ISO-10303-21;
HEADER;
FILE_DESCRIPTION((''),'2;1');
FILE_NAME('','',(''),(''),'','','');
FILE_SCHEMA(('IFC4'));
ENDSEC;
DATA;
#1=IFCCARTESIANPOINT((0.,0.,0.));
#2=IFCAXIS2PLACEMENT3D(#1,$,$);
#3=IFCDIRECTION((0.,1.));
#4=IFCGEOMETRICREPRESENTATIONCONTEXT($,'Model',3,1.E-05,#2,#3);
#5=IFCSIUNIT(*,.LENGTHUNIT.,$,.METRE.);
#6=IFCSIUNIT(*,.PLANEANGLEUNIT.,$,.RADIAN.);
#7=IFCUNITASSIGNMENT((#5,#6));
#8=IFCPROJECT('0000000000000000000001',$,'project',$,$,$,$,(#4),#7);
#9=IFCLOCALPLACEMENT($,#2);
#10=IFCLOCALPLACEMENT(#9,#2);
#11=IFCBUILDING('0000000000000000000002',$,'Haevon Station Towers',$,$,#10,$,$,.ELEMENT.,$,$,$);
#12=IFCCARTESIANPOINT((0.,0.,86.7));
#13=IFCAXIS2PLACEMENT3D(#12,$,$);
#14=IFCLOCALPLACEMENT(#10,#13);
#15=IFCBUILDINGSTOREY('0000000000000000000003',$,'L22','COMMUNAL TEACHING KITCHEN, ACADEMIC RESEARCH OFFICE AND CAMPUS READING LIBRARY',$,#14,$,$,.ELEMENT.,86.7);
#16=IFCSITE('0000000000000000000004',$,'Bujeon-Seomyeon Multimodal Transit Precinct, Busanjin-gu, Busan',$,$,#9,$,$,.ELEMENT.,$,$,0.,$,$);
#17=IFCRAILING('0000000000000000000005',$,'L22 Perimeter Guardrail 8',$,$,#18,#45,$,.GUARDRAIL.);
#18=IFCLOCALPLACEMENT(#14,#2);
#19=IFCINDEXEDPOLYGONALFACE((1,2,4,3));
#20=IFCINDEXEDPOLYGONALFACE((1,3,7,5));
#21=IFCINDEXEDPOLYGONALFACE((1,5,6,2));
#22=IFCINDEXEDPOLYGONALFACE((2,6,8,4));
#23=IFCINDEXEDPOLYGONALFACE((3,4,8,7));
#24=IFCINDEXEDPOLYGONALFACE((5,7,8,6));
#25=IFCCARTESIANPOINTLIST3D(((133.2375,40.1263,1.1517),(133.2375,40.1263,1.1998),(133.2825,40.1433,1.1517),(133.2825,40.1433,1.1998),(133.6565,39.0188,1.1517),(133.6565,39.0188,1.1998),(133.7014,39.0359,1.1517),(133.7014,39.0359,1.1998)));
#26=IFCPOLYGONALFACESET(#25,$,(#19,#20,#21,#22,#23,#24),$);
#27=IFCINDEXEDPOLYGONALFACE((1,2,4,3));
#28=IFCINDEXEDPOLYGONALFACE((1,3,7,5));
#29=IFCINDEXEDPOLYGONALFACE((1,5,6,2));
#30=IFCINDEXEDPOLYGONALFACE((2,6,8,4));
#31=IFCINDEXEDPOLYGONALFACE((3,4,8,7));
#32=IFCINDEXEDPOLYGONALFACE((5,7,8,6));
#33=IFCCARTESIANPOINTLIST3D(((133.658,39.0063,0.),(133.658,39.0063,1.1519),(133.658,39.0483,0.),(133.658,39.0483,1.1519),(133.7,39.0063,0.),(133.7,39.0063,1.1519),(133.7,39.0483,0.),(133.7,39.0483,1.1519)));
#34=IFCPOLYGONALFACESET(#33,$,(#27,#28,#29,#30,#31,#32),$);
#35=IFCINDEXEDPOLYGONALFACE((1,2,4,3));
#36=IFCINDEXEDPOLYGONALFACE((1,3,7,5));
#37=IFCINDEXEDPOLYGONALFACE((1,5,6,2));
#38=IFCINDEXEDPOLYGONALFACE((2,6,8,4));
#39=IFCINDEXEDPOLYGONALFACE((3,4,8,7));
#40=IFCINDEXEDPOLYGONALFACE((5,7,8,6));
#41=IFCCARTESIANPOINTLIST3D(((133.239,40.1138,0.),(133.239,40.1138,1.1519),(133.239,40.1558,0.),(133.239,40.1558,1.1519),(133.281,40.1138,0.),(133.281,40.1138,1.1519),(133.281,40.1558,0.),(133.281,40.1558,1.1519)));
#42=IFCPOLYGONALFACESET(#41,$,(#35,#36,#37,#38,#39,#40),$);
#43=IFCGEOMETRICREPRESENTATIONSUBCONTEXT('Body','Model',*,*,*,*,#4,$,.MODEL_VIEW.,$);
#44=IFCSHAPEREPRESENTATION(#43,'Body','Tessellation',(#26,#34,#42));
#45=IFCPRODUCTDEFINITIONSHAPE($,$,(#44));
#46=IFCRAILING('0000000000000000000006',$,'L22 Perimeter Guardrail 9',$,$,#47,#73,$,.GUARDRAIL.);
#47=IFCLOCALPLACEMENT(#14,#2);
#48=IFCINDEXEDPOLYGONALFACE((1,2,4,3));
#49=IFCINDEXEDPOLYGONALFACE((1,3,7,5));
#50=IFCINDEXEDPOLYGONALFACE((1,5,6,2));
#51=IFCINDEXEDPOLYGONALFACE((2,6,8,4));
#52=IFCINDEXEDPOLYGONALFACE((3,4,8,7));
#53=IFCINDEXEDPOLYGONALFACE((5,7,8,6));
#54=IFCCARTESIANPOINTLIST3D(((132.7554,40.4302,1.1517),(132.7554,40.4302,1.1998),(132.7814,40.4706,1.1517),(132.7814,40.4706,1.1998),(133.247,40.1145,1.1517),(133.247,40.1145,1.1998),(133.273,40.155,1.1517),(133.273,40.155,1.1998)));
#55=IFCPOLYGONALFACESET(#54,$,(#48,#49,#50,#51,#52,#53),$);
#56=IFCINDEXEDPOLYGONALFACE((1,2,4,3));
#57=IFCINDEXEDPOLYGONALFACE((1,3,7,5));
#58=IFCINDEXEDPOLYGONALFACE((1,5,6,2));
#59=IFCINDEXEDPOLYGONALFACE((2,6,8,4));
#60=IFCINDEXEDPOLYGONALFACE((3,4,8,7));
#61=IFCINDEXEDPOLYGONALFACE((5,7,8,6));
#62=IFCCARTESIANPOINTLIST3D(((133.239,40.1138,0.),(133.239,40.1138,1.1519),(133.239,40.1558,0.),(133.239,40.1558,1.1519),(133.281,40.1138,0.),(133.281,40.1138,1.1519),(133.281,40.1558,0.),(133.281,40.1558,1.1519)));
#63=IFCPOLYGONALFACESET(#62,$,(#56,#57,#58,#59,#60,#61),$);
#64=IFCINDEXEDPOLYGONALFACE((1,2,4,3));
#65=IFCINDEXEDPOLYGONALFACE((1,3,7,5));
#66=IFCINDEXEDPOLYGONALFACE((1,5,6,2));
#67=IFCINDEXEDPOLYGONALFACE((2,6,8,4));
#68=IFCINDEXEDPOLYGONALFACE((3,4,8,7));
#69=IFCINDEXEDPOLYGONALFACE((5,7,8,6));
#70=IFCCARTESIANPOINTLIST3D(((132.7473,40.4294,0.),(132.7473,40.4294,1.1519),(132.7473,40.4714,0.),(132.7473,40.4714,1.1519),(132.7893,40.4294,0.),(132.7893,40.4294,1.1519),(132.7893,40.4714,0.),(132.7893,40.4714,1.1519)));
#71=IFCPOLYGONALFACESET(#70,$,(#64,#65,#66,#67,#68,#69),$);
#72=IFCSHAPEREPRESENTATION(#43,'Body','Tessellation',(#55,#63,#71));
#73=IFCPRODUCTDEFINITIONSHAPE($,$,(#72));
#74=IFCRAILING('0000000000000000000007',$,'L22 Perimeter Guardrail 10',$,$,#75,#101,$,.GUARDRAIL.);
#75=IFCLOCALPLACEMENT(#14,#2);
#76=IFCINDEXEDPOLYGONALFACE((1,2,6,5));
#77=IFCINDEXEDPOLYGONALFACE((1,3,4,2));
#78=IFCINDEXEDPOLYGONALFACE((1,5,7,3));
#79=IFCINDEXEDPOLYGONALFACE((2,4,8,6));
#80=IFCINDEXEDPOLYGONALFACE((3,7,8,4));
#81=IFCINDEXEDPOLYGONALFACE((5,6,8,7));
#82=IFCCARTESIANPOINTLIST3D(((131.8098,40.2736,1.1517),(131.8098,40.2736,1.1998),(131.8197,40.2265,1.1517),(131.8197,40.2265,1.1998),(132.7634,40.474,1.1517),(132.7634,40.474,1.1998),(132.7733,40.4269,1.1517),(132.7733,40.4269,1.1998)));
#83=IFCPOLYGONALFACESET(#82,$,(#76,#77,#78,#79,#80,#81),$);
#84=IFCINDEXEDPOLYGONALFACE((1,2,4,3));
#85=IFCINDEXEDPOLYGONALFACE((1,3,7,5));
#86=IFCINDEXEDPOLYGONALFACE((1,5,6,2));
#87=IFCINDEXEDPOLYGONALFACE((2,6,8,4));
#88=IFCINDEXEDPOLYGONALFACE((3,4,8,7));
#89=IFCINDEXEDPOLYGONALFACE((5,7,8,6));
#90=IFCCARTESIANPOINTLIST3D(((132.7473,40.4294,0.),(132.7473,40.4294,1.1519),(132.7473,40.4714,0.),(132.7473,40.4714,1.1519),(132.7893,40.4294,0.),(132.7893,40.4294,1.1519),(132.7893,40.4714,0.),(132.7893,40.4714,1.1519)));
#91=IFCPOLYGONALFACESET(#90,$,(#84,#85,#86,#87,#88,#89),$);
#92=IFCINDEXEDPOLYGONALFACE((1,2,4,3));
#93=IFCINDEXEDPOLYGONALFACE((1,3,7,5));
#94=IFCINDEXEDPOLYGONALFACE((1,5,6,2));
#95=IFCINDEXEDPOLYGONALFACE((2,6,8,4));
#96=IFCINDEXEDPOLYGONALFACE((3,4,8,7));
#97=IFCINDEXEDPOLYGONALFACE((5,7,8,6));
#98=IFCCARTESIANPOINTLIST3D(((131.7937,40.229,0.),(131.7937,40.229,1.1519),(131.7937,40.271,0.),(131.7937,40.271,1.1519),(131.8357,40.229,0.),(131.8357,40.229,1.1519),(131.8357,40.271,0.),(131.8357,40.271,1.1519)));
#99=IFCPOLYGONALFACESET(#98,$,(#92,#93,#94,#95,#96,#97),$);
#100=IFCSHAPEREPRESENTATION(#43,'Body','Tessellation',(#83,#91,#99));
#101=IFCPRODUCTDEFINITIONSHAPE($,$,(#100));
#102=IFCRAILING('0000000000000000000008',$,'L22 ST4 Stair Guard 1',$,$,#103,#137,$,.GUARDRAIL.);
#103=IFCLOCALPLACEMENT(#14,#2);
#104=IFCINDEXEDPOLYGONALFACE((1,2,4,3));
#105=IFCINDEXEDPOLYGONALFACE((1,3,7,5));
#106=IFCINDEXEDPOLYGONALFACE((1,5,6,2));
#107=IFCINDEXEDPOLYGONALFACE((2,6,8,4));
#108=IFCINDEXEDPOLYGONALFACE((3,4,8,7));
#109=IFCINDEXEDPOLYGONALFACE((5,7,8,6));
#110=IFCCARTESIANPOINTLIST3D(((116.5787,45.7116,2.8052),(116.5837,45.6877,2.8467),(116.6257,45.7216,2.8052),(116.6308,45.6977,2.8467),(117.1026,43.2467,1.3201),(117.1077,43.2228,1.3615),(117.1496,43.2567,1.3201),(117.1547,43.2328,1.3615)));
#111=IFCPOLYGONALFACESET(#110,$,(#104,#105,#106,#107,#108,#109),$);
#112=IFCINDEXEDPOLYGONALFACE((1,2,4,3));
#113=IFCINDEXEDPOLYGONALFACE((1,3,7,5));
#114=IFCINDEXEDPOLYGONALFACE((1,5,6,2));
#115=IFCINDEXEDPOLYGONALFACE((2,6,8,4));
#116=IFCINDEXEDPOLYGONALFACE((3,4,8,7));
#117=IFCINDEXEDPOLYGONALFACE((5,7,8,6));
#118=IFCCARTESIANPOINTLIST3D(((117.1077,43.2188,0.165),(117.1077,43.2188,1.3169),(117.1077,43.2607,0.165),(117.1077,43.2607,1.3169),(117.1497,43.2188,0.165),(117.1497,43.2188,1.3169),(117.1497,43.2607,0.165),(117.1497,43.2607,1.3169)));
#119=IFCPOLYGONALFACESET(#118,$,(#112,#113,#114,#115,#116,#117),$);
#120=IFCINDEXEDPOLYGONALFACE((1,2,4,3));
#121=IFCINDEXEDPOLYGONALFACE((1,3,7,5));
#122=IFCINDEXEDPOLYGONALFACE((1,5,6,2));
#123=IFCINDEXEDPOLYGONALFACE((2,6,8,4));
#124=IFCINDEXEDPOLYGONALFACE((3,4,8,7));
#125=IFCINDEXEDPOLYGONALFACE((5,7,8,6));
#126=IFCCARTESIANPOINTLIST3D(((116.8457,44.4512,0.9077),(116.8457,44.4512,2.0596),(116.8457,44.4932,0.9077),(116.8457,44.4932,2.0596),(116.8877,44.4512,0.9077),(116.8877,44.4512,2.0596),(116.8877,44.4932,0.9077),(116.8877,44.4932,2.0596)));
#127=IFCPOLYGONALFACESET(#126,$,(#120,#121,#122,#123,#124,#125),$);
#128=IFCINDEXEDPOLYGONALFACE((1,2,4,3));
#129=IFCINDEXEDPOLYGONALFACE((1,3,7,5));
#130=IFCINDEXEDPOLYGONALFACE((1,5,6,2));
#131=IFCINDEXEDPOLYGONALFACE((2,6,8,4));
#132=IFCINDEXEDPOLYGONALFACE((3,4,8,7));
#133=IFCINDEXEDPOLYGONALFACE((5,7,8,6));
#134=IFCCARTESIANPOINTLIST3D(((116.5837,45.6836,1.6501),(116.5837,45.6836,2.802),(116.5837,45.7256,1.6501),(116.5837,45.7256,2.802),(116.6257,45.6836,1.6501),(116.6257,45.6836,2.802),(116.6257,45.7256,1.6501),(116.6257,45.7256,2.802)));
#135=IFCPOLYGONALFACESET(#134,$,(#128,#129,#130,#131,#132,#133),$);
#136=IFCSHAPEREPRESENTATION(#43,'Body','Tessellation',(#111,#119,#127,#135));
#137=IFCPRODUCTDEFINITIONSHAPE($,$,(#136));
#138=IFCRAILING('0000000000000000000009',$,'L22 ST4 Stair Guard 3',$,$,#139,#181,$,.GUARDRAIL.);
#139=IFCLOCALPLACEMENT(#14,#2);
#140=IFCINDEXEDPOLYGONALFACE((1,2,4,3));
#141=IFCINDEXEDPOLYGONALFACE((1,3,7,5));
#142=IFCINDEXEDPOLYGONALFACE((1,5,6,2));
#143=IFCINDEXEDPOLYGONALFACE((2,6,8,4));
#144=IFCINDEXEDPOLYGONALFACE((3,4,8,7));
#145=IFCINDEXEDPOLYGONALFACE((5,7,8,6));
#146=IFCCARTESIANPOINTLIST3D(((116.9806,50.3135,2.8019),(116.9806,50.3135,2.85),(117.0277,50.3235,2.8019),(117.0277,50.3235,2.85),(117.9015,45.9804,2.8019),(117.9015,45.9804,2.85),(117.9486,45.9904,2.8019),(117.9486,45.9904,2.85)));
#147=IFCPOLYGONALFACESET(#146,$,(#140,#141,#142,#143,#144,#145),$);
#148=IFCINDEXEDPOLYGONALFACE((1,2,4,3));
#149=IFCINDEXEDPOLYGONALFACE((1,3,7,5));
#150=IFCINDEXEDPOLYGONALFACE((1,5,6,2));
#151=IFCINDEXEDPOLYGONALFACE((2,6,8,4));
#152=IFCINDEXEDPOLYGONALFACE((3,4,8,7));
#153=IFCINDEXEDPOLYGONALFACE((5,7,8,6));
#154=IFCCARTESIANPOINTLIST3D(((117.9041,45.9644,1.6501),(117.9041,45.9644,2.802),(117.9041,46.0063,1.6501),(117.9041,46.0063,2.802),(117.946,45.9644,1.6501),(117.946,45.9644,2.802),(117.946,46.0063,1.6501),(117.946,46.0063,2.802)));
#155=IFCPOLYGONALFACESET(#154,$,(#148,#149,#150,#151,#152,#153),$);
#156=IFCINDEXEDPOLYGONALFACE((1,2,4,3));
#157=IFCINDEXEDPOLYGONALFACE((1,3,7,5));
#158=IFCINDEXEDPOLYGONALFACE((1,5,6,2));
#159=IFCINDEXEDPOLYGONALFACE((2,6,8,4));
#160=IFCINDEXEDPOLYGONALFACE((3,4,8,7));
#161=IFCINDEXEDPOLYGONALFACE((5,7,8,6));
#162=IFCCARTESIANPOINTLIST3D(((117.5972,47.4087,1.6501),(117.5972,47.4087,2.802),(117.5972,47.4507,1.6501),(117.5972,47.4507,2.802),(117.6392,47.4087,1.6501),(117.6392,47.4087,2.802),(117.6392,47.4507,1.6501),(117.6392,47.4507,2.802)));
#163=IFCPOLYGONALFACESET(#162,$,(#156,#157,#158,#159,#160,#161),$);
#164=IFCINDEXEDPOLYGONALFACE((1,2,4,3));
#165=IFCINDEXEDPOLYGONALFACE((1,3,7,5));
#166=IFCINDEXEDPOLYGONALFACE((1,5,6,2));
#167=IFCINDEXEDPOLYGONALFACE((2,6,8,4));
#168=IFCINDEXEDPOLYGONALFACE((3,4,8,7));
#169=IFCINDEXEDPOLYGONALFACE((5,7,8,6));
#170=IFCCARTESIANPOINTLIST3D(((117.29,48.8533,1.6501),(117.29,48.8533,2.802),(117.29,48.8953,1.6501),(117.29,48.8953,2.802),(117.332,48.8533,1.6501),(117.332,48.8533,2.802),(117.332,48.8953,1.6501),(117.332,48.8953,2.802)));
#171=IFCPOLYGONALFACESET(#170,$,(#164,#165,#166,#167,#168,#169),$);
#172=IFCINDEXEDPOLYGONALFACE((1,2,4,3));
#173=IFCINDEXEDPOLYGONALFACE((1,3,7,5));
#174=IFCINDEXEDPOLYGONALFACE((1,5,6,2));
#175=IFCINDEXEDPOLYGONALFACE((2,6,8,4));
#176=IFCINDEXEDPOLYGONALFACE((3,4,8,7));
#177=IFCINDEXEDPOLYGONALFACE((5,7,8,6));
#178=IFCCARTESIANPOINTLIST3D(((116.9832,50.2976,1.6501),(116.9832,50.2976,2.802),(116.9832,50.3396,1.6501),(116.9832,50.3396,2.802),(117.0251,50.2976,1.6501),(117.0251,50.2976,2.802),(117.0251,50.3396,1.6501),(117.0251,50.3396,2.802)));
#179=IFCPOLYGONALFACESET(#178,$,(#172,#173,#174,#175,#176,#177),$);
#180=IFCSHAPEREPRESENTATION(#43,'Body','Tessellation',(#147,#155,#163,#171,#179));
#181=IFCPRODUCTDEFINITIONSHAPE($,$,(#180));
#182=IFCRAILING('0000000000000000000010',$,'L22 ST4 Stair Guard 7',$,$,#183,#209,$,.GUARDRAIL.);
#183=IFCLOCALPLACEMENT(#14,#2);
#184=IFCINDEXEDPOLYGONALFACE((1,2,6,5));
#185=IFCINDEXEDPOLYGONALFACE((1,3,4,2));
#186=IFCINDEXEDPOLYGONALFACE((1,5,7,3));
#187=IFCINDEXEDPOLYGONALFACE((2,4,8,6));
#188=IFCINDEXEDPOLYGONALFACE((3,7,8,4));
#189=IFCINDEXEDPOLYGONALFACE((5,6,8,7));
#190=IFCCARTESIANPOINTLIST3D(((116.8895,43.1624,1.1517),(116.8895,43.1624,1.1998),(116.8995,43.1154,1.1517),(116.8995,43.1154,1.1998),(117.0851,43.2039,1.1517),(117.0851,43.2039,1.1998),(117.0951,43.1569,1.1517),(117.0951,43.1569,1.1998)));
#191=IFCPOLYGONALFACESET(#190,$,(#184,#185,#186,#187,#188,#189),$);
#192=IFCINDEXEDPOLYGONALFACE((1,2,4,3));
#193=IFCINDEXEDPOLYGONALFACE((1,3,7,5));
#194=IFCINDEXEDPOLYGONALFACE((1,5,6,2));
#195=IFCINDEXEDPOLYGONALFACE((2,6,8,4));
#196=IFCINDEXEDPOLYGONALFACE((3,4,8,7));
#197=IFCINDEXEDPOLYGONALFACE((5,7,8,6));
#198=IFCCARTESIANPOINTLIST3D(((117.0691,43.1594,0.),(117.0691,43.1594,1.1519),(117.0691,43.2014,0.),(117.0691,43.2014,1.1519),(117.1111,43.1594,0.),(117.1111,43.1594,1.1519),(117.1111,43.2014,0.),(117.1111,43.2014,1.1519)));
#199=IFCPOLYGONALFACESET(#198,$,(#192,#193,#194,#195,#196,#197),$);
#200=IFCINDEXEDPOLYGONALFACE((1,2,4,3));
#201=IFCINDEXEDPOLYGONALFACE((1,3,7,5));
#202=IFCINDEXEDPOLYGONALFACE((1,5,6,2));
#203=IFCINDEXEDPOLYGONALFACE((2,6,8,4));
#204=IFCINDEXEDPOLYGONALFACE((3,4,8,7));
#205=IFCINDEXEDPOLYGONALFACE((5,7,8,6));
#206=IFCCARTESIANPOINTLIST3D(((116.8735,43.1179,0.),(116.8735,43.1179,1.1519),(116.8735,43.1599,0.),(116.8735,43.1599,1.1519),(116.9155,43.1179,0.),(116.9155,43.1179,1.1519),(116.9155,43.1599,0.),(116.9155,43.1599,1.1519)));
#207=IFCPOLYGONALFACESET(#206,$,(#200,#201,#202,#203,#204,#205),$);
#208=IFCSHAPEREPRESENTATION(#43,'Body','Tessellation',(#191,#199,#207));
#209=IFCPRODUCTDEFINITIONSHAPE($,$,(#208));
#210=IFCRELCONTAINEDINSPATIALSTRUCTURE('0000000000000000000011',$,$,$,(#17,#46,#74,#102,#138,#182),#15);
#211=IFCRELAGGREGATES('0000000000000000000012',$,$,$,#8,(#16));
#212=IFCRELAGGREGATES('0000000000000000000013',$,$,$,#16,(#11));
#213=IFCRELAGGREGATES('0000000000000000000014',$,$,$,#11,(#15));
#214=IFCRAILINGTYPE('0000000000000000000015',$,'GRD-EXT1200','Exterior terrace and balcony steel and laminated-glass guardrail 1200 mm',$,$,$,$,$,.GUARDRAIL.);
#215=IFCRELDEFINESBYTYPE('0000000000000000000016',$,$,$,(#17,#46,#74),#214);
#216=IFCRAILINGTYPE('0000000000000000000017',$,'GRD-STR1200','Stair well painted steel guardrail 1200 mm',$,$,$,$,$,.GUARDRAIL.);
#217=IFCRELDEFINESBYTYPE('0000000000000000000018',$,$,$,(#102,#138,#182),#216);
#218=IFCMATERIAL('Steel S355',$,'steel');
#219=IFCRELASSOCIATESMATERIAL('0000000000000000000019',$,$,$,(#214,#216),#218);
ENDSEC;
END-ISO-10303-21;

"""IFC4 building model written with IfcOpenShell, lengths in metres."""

from ifc_helpers import new_model, si_unit, direction, frame, origin, origin_2d, place, context, subcontext, project, spatial, rectangle, extrude, material, type_object, element, save


model = new_model("IFC4")

# Units and contexts
model_context = context("Model", 3, precision=1e-05, world=origin(), true_north=direction((0.0, 1.0)))
body_context = subcontext(model_context, "Body", "Model", "MODEL_VIEW")
ifc_project = project(units=[si_unit("LENGTHUNIT", "METRE"), si_unit("PLANEANGLEUNIT", "RADIAN")], contexts=[model_context])

# Site, building, storey
site_placement = place(None, origin())
site = spatial("IfcSite", under=ifc_project, at=site_placement, Name="Bujeon-Seomyeon Multimodal Transit Precinct, Busanjin-gu, Busan", CompositionType="ELEMENT", RefElevation=0.0)
building_placement = place(site_placement, origin())
building = spatial("IfcBuilding", under=site, at=building_placement, Name="Haevon Station Towers", CompositionType="ELEMENT")
storey_placement = place(building_placement, frame((0.0, 0.0, 86.7)))
storey = spatial("IfcBuildingStorey", under=building, at=storey_placement, Name="L22", Description="COMMUNAL TEACHING KITCHEN, ACADEMIC RESEARCH OFFICE AND CAMPUS READING LIBRARY", CompositionType="ELEMENT", Elevation=86.7)

# Shared definitions
ifc_material_1 = material(Name="Steel S355", Category="steel")

# Railings
railing_type_1 = type_object("IfcRailingType", Name="GRD-EXT1200", Description="Exterior terrace and balcony steel and laminated-glass guardrail 1200 mm", PredefinedType="GUARDRAIL", material=ifc_material_1)
railing_1_placement = place(storey_placement, frame((133.679, 39.0273, 0.0)))
element("IfcRailing", 1, at=railing_1_placement, inside=storey, type_object=railing_type_1, Name="L22 Perimeter Guardrail 8", PredefinedType="GUARDRAIL", context=body_context, shape_type="SweptSolid", body=[
    extrude(rectangle(XDim=0.0481, YDim=0.0481, at=origin_2d()), frame((0.0, 0.0, 1.1758), z_axis=(-0.353834, 0.935308, 0.0), x_axis=(-0.935308, -0.353834, 0.0)), (0.0, 0.0, 1.0), 1.1841),
    extrude(rectangle(XDim=0.042, YDim=0.042, at=origin_2d()), origin(), (0.0, 0.0, 1.0), 1.1519),
    extrude(rectangle(XDim=0.042, YDim=0.042, at=origin_2d()), frame((-0.4189, 1.1074, 0.0)), (0.0, 0.0, 1.0), 1.1519),
])
railing_2_placement = place(storey_placement, frame((133.26, 40.1348, 0.0)))
element("IfcRailing", 2, at=railing_2_placement, inside=storey, type_object=railing_type_1, Name="L22 Perimeter Guardrail 9", PredefinedType="GUARDRAIL", context=body_context, shape_type="SweptSolid", body=[
    extrude(rectangle(XDim=0.0481, YDim=0.0481, at=origin_2d()), frame((0.0, 0.0, 1.1758), z_axis=(-0.841504, 0.540251, 0.0), x_axis=(-0.540251, -0.841504, 0.0)), (0.0, 0.0, 1.0), 0.5842),
    extrude(rectangle(XDim=0.042, YDim=0.042, at=origin_2d()), origin(), (0.0, 0.0, 1.0), 1.1519),
    extrude(rectangle(XDim=0.042, YDim=0.042, at=origin_2d()), frame((-0.4917, 0.3157, 0.0)), (0.0, 0.0, 1.0), 1.1519),
])
railing_3_placement = place(storey_placement, frame((132.7683, 40.4504, 0.0)))
element("IfcRailing", 3, at=railing_3_placement, inside=storey, type_object=railing_type_1, Name="L22 Perimeter Guardrail 10", PredefinedType="GUARDRAIL", context=body_context, shape_type="SweptSolid", body=[
    extrude(rectangle(XDim=0.0481, YDim=0.0481, at=origin_2d()), frame((0.0, 0.0, 1.1758), z_axis=(-0.978616, -0.205695, 0.0), x_axis=(0.205695, -0.978616, 0.0)), (0.0, 0.0, 1.0), 0.9744),
    extrude(rectangle(XDim=0.042, YDim=0.042, at=origin_2d()), origin(), (0.0, 0.0, 1.0), 1.1519),
    extrude(rectangle(XDim=0.042, YDim=0.042, at=origin_2d()), frame((-0.9536, -0.2004, 0.0)), (0.0, 0.0, 1.0), 1.1519),
])
railing_type_2 = type_object("IfcRailingType", Name="GRD-STR1200", Description="Stair well painted steel guardrail 1200 mm", PredefinedType="GUARDRAIL", material=ifc_material_1)
railing_4_placement = place(storey_placement, frame((117.1287, 43.2397, 0.165)))
element("IfcRailing", 4, at=railing_4_placement, inside=storey, type_object=railing_type_2, Name="L22 ST4 Stair Guard 1", PredefinedType="GUARDRAIL", context=body_context, shape_type="SweptSolid", body=[
    extrude(rectangle(XDim=0.0481, YDim=0.0481, at=origin_2d()), frame((0.0, 0.0, 1.1758), z_axis=(-0.179121, 0.842688, 0.507733), x_axis=(-0.978147, -0.207914, 0.0)), (0.0, 0.0, 1.0), 2.925),
    extrude(rectangle(XDim=0.042, YDim=0.042, at=origin_2d()), origin(), (0.0, 0.0, 1.0), 1.1519),
    extrude(rectangle(XDim=0.042, YDim=0.042, at=origin_2d()), frame((-0.262, 1.2324, 0.7427)), (0.0, 0.0, 1.0), 1.1519),
    extrude(rectangle(XDim=0.042, YDim=0.042, at=origin_2d()), frame((-0.5239, 2.4648, 1.4851)), (0.0, 0.0, 1.0), 1.1519),
])
railing_5_placement = place(storey_placement, frame((117.925, 45.9854, 1.6501)))
element("IfcRailing", 5, at=railing_5_placement, inside=storey, type_object=railing_type_2, Name="L22 ST4 Stair Guard 3", PredefinedType="GUARDRAIL", context=body_context, shape_type="SweptSolid", body=[
    extrude(rectangle(XDim=0.0481, YDim=0.0481, at=origin_2d()), frame((0.0, 0.0, 1.1758), z_axis=(-0.207877, 0.978155, 0.0), x_axis=(-0.978155, -0.207877, 0.0)), (0.0, 0.0, 1.0), 4.4299),
    extrude(rectangle(XDim=0.042, YDim=0.042, at=origin_2d()), origin(), (0.0, 0.0, 1.0), 1.1519),
    extrude(rectangle(XDim=0.042, YDim=0.042, at=origin_2d()), frame((-0.3069, 1.4443, 0.0)), (0.0, 0.0, 1.0), 1.1519),
    extrude(rectangle(XDim=0.042, YDim=0.042, at=origin_2d()), frame((-0.614, 2.8889, 0.0)), (0.0, 0.0, 1.0), 1.1519),
    extrude(rectangle(XDim=0.042, YDim=0.042, at=origin_2d()), frame((-0.9209, 4.3333, 0.0)), (0.0, 0.0, 1.0), 1.1519),
])
railing_6_placement = place(storey_placement, frame((117.0901, 43.1804, 0.0)))
element("IfcRailing", 6, at=railing_6_placement, inside=storey, type_object=railing_type_2, Name="L22 ST4 Stair Guard 7", PredefinedType="GUARDRAIL", context=body_context, shape_type="SweptSolid", body=[
    extrude(rectangle(XDim=0.0481, YDim=0.0481, at=origin_2d()), frame((0.0, 0.0, 1.1758), z_axis=(-0.978212, -0.20761, 0.0), x_axis=(0.20761, -0.978212, 0.0)), (0.0, 0.0, 1.0), 0.2),
    extrude(rectangle(XDim=0.042, YDim=0.042, at=origin_2d()), origin(), (0.0, 0.0, 1.0), 1.1519),
    extrude(rectangle(XDim=0.042, YDim=0.042, at=origin_2d()), frame((-0.1956, -0.0415, 0.0)), (0.0, 0.0, 1.0), 1.1519),
])

save(model, "model.ifc")
